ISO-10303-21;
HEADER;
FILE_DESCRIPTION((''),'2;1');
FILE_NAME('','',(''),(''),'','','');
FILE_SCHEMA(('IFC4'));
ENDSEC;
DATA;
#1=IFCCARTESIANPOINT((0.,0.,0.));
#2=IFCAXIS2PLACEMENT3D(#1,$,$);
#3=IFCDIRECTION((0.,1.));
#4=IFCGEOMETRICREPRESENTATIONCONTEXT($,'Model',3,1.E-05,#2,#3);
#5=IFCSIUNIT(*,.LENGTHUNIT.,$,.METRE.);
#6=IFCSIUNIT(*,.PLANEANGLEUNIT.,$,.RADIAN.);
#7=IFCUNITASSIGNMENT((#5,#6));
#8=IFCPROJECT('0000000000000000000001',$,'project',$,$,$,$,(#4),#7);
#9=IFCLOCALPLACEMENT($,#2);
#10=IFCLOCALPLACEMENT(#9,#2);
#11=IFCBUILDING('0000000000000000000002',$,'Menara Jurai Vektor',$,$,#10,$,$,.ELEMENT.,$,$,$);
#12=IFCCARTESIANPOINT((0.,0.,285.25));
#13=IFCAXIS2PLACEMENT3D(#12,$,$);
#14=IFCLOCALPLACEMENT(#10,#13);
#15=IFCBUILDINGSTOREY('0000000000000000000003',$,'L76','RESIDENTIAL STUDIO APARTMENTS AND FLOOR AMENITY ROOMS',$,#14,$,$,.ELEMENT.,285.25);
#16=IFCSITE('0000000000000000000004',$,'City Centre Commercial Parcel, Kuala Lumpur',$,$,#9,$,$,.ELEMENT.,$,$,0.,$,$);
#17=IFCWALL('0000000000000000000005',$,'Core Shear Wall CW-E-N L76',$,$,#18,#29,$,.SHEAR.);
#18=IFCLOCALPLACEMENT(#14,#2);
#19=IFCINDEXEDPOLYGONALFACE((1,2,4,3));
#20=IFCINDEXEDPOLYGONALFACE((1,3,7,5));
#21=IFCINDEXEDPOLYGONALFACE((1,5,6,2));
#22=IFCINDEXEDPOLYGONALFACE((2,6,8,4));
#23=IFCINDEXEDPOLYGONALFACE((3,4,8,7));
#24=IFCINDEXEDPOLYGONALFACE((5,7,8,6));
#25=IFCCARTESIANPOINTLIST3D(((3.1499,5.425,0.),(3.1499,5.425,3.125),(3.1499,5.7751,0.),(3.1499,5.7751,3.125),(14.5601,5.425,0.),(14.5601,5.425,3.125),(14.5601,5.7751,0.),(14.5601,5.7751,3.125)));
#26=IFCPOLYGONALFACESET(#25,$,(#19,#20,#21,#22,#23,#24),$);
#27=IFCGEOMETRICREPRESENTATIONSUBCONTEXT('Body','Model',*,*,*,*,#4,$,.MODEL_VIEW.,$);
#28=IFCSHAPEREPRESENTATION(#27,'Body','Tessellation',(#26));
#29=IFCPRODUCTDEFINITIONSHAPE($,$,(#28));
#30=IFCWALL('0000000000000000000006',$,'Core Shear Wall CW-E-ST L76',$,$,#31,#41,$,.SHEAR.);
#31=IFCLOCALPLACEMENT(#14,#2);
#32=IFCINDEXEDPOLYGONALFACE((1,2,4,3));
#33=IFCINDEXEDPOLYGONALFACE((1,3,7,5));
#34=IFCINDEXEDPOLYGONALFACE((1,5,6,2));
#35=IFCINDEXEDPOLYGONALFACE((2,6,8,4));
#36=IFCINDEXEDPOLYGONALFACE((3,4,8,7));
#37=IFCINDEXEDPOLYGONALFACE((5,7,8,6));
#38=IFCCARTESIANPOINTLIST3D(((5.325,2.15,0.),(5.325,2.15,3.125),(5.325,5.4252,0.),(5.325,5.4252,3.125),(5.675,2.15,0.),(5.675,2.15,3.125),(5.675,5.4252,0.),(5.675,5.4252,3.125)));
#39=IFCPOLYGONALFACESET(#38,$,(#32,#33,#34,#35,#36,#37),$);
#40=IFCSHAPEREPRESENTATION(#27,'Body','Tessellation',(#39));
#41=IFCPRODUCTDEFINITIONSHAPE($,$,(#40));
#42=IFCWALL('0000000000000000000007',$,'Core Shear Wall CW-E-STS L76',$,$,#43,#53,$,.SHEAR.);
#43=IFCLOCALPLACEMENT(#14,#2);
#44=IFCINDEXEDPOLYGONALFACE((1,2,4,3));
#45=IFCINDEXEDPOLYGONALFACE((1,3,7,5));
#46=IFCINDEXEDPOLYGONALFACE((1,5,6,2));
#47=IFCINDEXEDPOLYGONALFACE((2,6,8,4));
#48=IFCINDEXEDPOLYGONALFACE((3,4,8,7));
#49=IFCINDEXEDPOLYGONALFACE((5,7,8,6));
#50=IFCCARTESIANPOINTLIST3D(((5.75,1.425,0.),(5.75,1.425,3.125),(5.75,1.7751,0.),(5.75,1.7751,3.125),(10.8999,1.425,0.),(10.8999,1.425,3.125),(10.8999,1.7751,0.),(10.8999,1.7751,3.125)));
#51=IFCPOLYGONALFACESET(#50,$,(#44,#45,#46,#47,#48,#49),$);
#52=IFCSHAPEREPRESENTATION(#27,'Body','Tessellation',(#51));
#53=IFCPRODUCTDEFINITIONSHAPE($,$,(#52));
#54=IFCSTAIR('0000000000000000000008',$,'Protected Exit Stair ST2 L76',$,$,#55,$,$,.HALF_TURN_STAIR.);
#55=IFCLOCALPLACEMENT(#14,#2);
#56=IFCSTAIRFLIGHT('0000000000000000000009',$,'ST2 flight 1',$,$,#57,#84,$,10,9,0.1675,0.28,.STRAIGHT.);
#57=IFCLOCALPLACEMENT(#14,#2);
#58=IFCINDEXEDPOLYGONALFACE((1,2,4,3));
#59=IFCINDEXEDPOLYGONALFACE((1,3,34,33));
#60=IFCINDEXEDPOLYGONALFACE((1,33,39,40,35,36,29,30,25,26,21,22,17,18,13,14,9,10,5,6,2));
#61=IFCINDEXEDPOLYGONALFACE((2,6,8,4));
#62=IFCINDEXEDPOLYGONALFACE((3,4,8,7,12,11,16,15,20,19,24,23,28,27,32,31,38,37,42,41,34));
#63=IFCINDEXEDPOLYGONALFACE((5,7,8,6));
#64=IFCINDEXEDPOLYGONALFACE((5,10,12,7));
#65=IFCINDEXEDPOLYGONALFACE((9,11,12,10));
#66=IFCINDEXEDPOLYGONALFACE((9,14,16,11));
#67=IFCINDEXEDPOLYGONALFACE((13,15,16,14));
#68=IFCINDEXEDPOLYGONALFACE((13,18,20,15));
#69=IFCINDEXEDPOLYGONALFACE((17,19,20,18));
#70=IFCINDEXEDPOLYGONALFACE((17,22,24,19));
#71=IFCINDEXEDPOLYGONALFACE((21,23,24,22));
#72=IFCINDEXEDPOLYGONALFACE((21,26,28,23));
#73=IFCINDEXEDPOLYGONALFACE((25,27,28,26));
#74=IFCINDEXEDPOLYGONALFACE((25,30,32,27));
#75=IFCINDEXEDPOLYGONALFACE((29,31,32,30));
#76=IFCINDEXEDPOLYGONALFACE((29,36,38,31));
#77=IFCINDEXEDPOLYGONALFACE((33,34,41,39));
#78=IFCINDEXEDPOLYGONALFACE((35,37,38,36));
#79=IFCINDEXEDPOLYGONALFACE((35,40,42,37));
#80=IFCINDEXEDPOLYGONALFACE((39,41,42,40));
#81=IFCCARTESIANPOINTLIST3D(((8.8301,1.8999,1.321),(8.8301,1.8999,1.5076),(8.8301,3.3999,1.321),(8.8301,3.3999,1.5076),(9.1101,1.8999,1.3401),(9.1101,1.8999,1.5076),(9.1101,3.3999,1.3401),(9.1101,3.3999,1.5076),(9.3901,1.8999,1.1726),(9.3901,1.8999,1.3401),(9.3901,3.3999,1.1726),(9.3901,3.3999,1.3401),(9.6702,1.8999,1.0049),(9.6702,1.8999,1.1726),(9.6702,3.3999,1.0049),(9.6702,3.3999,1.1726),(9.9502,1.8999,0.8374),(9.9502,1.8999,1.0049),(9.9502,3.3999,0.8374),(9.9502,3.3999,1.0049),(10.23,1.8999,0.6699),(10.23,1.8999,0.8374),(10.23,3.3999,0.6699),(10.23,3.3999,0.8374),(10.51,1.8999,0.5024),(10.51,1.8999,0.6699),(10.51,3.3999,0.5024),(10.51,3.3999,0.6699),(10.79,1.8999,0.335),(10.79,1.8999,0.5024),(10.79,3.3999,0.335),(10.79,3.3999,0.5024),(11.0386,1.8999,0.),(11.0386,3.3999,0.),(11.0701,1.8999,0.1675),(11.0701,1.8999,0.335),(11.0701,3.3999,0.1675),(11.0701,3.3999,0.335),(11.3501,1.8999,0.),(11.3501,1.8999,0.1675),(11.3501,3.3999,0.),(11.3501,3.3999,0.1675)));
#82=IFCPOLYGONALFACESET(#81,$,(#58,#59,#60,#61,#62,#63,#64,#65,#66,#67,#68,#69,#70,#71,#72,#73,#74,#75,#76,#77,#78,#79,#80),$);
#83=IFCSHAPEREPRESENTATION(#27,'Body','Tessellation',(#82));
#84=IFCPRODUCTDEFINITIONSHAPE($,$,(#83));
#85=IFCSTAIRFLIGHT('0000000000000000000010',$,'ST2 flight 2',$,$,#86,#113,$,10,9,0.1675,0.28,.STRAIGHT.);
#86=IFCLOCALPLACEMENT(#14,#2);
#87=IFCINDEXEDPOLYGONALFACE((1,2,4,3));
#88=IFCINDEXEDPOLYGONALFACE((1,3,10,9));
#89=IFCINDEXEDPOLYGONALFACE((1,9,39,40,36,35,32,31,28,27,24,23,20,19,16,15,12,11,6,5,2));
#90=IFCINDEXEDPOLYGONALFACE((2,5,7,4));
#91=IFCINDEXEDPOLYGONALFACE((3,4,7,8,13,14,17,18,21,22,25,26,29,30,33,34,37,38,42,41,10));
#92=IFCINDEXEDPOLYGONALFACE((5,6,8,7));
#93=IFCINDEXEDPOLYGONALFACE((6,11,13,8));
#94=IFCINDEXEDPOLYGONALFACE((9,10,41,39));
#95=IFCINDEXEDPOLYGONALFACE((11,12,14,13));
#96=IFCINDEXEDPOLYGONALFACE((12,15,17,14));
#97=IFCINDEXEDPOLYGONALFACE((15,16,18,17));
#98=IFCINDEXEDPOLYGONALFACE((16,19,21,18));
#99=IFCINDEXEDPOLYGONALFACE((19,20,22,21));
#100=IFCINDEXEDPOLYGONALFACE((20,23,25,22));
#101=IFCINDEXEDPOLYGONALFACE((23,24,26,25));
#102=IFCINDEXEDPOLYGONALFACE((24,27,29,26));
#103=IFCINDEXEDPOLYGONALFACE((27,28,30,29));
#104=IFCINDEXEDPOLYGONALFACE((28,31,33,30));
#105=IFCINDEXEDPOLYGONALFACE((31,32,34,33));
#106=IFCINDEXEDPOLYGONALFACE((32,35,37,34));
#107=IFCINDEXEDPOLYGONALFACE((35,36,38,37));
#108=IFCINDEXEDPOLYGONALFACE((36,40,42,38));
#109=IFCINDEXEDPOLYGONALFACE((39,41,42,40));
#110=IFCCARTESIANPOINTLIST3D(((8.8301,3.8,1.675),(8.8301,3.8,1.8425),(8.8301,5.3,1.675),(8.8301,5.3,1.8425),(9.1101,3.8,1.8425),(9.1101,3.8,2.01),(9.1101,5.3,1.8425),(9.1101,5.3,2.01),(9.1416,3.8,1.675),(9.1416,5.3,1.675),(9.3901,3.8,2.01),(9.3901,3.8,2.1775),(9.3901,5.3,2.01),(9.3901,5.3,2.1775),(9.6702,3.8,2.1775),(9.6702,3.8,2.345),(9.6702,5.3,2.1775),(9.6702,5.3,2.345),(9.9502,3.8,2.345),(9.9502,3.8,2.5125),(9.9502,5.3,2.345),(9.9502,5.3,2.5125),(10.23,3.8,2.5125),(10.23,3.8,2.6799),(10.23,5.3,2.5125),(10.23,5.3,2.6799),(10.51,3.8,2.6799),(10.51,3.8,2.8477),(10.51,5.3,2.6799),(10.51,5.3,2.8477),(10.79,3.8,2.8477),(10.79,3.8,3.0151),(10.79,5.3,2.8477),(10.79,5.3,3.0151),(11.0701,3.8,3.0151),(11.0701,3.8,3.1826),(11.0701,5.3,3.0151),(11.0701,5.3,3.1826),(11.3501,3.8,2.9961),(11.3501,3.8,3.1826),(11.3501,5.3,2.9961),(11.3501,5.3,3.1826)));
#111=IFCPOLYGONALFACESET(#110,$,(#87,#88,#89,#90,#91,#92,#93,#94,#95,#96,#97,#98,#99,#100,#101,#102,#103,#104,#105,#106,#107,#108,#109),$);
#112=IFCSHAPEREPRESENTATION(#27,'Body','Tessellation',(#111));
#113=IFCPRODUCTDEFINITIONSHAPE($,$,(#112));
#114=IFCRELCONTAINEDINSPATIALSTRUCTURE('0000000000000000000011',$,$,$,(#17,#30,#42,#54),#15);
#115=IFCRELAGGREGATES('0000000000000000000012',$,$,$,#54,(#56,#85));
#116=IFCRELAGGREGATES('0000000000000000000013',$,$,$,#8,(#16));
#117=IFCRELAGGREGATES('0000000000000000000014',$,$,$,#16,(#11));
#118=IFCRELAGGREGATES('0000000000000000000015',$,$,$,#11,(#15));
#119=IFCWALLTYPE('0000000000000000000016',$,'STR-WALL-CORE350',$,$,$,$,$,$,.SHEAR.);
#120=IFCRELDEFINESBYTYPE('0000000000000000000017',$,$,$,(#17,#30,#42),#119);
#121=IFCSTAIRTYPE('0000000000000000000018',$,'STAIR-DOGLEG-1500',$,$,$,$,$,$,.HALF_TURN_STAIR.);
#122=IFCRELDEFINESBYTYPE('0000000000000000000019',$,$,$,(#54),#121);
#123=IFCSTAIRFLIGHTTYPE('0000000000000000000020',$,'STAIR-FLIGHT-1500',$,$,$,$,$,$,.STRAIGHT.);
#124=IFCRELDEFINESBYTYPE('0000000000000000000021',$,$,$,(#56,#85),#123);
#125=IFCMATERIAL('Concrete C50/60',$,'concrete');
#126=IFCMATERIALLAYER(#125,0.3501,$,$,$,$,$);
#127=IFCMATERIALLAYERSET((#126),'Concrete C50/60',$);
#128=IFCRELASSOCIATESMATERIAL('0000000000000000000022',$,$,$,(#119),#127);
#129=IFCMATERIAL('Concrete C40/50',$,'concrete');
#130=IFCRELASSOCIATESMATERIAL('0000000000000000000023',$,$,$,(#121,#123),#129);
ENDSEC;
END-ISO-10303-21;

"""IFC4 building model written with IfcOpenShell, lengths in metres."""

from ifc_helpers import new_model, si_unit, direction, frame, frame_2d, origin, place, context, subcontext, project, spatial, polyline, rectangle, outline, extrude, material, layer, layer_set, type_object, element, aggregate, save


model = new_model("IFC4")

# Units and contexts
model_context = context("Model", 3, precision=1e-05, world=origin(), true_north=direction((0.0, 1.0)))
body_context = subcontext(model_context, "Body", "Model", "MODEL_VIEW")
ifc_project = project(units=[si_unit("LENGTHUNIT", "METRE"), si_unit("PLANEANGLEUNIT", "RADIAN")], contexts=[model_context])

# Site, building, storey
site_placement = place(None, origin())
site = spatial("IfcSite", under=ifc_project, at=site_placement, Name="City Centre Commercial Parcel, Kuala Lumpur", CompositionType="ELEMENT", RefElevation=0.0)
building_placement = place(site_placement, origin())
building = spatial("IfcBuilding", under=site, at=building_placement, Name="Menara Jurai Vektor", CompositionType="ELEMENT")
storey_placement = place(building_placement, frame((0.0, 0.0, 285.25)))
storey = spatial("IfcBuildingStorey", under=building, at=storey_placement, Name="L76", Description="RESIDENTIAL STUDIO APARTMENTS AND FLOOR AMENITY ROOMS", CompositionType="ELEMENT", Elevation=285.25)

# Shared definitions
ifc_material_1 = material(Name="Concrete C50/60", Category="concrete")

# Shared definitions
ifc_material_2 = material(Name="Concrete C40/50", Category="concrete")

# Walls
ifc_layer_1 = layer(ifc_material_1, 0.3501)
ifc_layer_set_1 = layer_set([ifc_layer_1], Name="Concrete C50/60")
wall_type_1 = type_object("IfcWallType", Name="STR-WALL-CORE350", PredefinedType="SHEAR", material=ifc_layer_set_1)
wall_1_placement = place(storey_placement, frame((3.1499, 5.6001, 0.0), z_axis=(0.0, 0.0, 1.0), x_axis=(1.0, 0.0, 0.0)))
element("IfcWall", 1, at=wall_1_placement, inside=storey, type_object=wall_type_1, Name="Core Shear Wall CW-E-N L76", PredefinedType="SHEAR", context=body_context, shape_type="SweptSolid", body=[
    extrude(rectangle(XDim=11.4102, YDim=0.3501, at=frame_2d((5.7051, 0.0))), origin(), (0.0, 0.0, 1.0), 3.125),
])
wall_2_placement = place(storey_placement, frame((5.5, 2.1499, 0.0), z_axis=(0.0, 0.0, 1.0), x_axis=(0.0, 1.0, 0.0)))
element("IfcWall", 2, at=wall_2_placement, inside=storey, type_object=wall_type_1, Name="Core Shear Wall CW-E-ST L76", PredefinedType="SHEAR", context=body_context, shape_type="SweptSolid", body=[
    extrude(rectangle(XDim=3.2751, YDim=0.3501, at=frame_2d((1.6377, 0.0))), origin(), (0.0, 0.0, 1.0), 3.125),
])
wall_3_placement = place(storey_placement, frame((5.75, 1.6001, 0.0), z_axis=(0.0, 0.0, 1.0), x_axis=(1.0, 0.0, 0.0)))
element("IfcWall", 3, at=wall_3_placement, inside=storey, type_object=wall_type_1, Name="Core Shear Wall CW-E-STS L76", PredefinedType="SHEAR", context=body_context, shape_type="SweptSolid", body=[
    extrude(rectangle(XDim=5.1499, YDim=0.3501, at=frame_2d((2.575, 0.0))), origin(), (0.0, 0.0, 1.0), 3.125),
])

# Stair, stair flights
stair_type = type_object("IfcStairType", Name="STAIR-DOGLEG-1500", PredefinedType="HALF_TURN_STAIR", material=ifc_material_2)
stair_placement = place(storey_placement, origin())
stair = element("IfcStair", 4, at=stair_placement, inside=storey, type_object=stair_type, Name="Protected Exit Stair ST2 L76", PredefinedType="HALF_TURN_STAIR")
stair_flight_type = type_object("IfcStairFlightType", Name="STAIR-FLIGHT-1500", PredefinedType="STRAIGHT", material=ifc_material_2)
stair_flight_1_placement = place(storey_placement, frame((11.3501, 2.6499, 0.0), z_axis=(0.0, 0.0, 1.0), x_axis=(-1.0, 0.0, 0.0)))
stair_flight_1 = element("IfcStairFlight", 5, at=stair_flight_1_placement, type_object=stair_flight_type, Name="ST2 flight 1", NumberOfRisers=10, NumberOfTreads=9, PredefinedType="STRAIGHT", RiserHeight=0.1675, TreadLength=0.28, context=body_context, shape_type="SweptSolid", body=[
    extrude(outline(polyline([(0.0, 0.0), (0.0, 0.1675), (0.28, 0.1675), (0.28, 0.335), (0.5601, 0.335), (0.5601, 0.5024), (0.8401, 0.5024), (0.8401, 0.6699), (1.1201, 0.6699), (1.1201, 0.8374), (1.3999, 0.8374), (1.3999, 1.0049), (1.6799, 1.0049), (1.6799, 1.1726), (1.96, 1.1726), (1.96, 1.3401), (2.24, 1.3401), (2.24, 1.5076), (2.52, 1.5076), (2.52, 1.675), (2.52, 1.321), (0.3115, 0.0), (0.0, 0.0)])), frame((0.0, 0.75, 0.0), z_axis=(0.0, -1.0, 0.0), x_axis=(1.0, 0.0, 0.0)), (0.0, 0.0, 1.0), 1.5),
])
stair_flight_2_placement = place(storey_placement, frame((8.8301, 4.55, 1.675), z_axis=(0.0, 0.0, 1.0), x_axis=(1.0, 0.0, 0.0)))
stair_flight_2 = element("IfcStairFlight", 6, at=stair_flight_2_placement, type_object=stair_flight_type, Name="ST2 flight 2", NumberOfRisers=10, NumberOfTreads=9, PredefinedType="STRAIGHT", RiserHeight=0.1675, TreadLength=0.28, context=body_context, shape_type="SweptSolid", body=[
    extrude(outline(polyline([(0.0, 0.0), (0.0, 0.1675), (0.28, 0.1675), (0.28, 0.335), (0.5601, 0.335), (0.5601, 0.5024), (0.8401, 0.5024), (0.8401, 0.6699), (1.1201, 0.6699), (1.1201, 0.8374), (1.3999, 0.8374), (1.3999, 1.0049), (1.6799, 1.0049), (1.6799, 1.1726), (1.96, 1.1726), (1.96, 1.3401), (2.24, 1.3401), (2.24, 1.5076), (2.52, 1.5076), (2.52, 1.675), (2.52, 1.321), (0.3115, 0.0), (0.0, 0.0)])), frame((0.0, 0.75, 0.0), z_axis=(0.0, -1.0, 0.0), x_axis=(1.0, 0.0, 0.0)), (0.0, 0.0, 1.0), 1.5),
])
aggregate(stair, [stair_flight_1, stair_flight_2])

save(model, "model.ifc")
